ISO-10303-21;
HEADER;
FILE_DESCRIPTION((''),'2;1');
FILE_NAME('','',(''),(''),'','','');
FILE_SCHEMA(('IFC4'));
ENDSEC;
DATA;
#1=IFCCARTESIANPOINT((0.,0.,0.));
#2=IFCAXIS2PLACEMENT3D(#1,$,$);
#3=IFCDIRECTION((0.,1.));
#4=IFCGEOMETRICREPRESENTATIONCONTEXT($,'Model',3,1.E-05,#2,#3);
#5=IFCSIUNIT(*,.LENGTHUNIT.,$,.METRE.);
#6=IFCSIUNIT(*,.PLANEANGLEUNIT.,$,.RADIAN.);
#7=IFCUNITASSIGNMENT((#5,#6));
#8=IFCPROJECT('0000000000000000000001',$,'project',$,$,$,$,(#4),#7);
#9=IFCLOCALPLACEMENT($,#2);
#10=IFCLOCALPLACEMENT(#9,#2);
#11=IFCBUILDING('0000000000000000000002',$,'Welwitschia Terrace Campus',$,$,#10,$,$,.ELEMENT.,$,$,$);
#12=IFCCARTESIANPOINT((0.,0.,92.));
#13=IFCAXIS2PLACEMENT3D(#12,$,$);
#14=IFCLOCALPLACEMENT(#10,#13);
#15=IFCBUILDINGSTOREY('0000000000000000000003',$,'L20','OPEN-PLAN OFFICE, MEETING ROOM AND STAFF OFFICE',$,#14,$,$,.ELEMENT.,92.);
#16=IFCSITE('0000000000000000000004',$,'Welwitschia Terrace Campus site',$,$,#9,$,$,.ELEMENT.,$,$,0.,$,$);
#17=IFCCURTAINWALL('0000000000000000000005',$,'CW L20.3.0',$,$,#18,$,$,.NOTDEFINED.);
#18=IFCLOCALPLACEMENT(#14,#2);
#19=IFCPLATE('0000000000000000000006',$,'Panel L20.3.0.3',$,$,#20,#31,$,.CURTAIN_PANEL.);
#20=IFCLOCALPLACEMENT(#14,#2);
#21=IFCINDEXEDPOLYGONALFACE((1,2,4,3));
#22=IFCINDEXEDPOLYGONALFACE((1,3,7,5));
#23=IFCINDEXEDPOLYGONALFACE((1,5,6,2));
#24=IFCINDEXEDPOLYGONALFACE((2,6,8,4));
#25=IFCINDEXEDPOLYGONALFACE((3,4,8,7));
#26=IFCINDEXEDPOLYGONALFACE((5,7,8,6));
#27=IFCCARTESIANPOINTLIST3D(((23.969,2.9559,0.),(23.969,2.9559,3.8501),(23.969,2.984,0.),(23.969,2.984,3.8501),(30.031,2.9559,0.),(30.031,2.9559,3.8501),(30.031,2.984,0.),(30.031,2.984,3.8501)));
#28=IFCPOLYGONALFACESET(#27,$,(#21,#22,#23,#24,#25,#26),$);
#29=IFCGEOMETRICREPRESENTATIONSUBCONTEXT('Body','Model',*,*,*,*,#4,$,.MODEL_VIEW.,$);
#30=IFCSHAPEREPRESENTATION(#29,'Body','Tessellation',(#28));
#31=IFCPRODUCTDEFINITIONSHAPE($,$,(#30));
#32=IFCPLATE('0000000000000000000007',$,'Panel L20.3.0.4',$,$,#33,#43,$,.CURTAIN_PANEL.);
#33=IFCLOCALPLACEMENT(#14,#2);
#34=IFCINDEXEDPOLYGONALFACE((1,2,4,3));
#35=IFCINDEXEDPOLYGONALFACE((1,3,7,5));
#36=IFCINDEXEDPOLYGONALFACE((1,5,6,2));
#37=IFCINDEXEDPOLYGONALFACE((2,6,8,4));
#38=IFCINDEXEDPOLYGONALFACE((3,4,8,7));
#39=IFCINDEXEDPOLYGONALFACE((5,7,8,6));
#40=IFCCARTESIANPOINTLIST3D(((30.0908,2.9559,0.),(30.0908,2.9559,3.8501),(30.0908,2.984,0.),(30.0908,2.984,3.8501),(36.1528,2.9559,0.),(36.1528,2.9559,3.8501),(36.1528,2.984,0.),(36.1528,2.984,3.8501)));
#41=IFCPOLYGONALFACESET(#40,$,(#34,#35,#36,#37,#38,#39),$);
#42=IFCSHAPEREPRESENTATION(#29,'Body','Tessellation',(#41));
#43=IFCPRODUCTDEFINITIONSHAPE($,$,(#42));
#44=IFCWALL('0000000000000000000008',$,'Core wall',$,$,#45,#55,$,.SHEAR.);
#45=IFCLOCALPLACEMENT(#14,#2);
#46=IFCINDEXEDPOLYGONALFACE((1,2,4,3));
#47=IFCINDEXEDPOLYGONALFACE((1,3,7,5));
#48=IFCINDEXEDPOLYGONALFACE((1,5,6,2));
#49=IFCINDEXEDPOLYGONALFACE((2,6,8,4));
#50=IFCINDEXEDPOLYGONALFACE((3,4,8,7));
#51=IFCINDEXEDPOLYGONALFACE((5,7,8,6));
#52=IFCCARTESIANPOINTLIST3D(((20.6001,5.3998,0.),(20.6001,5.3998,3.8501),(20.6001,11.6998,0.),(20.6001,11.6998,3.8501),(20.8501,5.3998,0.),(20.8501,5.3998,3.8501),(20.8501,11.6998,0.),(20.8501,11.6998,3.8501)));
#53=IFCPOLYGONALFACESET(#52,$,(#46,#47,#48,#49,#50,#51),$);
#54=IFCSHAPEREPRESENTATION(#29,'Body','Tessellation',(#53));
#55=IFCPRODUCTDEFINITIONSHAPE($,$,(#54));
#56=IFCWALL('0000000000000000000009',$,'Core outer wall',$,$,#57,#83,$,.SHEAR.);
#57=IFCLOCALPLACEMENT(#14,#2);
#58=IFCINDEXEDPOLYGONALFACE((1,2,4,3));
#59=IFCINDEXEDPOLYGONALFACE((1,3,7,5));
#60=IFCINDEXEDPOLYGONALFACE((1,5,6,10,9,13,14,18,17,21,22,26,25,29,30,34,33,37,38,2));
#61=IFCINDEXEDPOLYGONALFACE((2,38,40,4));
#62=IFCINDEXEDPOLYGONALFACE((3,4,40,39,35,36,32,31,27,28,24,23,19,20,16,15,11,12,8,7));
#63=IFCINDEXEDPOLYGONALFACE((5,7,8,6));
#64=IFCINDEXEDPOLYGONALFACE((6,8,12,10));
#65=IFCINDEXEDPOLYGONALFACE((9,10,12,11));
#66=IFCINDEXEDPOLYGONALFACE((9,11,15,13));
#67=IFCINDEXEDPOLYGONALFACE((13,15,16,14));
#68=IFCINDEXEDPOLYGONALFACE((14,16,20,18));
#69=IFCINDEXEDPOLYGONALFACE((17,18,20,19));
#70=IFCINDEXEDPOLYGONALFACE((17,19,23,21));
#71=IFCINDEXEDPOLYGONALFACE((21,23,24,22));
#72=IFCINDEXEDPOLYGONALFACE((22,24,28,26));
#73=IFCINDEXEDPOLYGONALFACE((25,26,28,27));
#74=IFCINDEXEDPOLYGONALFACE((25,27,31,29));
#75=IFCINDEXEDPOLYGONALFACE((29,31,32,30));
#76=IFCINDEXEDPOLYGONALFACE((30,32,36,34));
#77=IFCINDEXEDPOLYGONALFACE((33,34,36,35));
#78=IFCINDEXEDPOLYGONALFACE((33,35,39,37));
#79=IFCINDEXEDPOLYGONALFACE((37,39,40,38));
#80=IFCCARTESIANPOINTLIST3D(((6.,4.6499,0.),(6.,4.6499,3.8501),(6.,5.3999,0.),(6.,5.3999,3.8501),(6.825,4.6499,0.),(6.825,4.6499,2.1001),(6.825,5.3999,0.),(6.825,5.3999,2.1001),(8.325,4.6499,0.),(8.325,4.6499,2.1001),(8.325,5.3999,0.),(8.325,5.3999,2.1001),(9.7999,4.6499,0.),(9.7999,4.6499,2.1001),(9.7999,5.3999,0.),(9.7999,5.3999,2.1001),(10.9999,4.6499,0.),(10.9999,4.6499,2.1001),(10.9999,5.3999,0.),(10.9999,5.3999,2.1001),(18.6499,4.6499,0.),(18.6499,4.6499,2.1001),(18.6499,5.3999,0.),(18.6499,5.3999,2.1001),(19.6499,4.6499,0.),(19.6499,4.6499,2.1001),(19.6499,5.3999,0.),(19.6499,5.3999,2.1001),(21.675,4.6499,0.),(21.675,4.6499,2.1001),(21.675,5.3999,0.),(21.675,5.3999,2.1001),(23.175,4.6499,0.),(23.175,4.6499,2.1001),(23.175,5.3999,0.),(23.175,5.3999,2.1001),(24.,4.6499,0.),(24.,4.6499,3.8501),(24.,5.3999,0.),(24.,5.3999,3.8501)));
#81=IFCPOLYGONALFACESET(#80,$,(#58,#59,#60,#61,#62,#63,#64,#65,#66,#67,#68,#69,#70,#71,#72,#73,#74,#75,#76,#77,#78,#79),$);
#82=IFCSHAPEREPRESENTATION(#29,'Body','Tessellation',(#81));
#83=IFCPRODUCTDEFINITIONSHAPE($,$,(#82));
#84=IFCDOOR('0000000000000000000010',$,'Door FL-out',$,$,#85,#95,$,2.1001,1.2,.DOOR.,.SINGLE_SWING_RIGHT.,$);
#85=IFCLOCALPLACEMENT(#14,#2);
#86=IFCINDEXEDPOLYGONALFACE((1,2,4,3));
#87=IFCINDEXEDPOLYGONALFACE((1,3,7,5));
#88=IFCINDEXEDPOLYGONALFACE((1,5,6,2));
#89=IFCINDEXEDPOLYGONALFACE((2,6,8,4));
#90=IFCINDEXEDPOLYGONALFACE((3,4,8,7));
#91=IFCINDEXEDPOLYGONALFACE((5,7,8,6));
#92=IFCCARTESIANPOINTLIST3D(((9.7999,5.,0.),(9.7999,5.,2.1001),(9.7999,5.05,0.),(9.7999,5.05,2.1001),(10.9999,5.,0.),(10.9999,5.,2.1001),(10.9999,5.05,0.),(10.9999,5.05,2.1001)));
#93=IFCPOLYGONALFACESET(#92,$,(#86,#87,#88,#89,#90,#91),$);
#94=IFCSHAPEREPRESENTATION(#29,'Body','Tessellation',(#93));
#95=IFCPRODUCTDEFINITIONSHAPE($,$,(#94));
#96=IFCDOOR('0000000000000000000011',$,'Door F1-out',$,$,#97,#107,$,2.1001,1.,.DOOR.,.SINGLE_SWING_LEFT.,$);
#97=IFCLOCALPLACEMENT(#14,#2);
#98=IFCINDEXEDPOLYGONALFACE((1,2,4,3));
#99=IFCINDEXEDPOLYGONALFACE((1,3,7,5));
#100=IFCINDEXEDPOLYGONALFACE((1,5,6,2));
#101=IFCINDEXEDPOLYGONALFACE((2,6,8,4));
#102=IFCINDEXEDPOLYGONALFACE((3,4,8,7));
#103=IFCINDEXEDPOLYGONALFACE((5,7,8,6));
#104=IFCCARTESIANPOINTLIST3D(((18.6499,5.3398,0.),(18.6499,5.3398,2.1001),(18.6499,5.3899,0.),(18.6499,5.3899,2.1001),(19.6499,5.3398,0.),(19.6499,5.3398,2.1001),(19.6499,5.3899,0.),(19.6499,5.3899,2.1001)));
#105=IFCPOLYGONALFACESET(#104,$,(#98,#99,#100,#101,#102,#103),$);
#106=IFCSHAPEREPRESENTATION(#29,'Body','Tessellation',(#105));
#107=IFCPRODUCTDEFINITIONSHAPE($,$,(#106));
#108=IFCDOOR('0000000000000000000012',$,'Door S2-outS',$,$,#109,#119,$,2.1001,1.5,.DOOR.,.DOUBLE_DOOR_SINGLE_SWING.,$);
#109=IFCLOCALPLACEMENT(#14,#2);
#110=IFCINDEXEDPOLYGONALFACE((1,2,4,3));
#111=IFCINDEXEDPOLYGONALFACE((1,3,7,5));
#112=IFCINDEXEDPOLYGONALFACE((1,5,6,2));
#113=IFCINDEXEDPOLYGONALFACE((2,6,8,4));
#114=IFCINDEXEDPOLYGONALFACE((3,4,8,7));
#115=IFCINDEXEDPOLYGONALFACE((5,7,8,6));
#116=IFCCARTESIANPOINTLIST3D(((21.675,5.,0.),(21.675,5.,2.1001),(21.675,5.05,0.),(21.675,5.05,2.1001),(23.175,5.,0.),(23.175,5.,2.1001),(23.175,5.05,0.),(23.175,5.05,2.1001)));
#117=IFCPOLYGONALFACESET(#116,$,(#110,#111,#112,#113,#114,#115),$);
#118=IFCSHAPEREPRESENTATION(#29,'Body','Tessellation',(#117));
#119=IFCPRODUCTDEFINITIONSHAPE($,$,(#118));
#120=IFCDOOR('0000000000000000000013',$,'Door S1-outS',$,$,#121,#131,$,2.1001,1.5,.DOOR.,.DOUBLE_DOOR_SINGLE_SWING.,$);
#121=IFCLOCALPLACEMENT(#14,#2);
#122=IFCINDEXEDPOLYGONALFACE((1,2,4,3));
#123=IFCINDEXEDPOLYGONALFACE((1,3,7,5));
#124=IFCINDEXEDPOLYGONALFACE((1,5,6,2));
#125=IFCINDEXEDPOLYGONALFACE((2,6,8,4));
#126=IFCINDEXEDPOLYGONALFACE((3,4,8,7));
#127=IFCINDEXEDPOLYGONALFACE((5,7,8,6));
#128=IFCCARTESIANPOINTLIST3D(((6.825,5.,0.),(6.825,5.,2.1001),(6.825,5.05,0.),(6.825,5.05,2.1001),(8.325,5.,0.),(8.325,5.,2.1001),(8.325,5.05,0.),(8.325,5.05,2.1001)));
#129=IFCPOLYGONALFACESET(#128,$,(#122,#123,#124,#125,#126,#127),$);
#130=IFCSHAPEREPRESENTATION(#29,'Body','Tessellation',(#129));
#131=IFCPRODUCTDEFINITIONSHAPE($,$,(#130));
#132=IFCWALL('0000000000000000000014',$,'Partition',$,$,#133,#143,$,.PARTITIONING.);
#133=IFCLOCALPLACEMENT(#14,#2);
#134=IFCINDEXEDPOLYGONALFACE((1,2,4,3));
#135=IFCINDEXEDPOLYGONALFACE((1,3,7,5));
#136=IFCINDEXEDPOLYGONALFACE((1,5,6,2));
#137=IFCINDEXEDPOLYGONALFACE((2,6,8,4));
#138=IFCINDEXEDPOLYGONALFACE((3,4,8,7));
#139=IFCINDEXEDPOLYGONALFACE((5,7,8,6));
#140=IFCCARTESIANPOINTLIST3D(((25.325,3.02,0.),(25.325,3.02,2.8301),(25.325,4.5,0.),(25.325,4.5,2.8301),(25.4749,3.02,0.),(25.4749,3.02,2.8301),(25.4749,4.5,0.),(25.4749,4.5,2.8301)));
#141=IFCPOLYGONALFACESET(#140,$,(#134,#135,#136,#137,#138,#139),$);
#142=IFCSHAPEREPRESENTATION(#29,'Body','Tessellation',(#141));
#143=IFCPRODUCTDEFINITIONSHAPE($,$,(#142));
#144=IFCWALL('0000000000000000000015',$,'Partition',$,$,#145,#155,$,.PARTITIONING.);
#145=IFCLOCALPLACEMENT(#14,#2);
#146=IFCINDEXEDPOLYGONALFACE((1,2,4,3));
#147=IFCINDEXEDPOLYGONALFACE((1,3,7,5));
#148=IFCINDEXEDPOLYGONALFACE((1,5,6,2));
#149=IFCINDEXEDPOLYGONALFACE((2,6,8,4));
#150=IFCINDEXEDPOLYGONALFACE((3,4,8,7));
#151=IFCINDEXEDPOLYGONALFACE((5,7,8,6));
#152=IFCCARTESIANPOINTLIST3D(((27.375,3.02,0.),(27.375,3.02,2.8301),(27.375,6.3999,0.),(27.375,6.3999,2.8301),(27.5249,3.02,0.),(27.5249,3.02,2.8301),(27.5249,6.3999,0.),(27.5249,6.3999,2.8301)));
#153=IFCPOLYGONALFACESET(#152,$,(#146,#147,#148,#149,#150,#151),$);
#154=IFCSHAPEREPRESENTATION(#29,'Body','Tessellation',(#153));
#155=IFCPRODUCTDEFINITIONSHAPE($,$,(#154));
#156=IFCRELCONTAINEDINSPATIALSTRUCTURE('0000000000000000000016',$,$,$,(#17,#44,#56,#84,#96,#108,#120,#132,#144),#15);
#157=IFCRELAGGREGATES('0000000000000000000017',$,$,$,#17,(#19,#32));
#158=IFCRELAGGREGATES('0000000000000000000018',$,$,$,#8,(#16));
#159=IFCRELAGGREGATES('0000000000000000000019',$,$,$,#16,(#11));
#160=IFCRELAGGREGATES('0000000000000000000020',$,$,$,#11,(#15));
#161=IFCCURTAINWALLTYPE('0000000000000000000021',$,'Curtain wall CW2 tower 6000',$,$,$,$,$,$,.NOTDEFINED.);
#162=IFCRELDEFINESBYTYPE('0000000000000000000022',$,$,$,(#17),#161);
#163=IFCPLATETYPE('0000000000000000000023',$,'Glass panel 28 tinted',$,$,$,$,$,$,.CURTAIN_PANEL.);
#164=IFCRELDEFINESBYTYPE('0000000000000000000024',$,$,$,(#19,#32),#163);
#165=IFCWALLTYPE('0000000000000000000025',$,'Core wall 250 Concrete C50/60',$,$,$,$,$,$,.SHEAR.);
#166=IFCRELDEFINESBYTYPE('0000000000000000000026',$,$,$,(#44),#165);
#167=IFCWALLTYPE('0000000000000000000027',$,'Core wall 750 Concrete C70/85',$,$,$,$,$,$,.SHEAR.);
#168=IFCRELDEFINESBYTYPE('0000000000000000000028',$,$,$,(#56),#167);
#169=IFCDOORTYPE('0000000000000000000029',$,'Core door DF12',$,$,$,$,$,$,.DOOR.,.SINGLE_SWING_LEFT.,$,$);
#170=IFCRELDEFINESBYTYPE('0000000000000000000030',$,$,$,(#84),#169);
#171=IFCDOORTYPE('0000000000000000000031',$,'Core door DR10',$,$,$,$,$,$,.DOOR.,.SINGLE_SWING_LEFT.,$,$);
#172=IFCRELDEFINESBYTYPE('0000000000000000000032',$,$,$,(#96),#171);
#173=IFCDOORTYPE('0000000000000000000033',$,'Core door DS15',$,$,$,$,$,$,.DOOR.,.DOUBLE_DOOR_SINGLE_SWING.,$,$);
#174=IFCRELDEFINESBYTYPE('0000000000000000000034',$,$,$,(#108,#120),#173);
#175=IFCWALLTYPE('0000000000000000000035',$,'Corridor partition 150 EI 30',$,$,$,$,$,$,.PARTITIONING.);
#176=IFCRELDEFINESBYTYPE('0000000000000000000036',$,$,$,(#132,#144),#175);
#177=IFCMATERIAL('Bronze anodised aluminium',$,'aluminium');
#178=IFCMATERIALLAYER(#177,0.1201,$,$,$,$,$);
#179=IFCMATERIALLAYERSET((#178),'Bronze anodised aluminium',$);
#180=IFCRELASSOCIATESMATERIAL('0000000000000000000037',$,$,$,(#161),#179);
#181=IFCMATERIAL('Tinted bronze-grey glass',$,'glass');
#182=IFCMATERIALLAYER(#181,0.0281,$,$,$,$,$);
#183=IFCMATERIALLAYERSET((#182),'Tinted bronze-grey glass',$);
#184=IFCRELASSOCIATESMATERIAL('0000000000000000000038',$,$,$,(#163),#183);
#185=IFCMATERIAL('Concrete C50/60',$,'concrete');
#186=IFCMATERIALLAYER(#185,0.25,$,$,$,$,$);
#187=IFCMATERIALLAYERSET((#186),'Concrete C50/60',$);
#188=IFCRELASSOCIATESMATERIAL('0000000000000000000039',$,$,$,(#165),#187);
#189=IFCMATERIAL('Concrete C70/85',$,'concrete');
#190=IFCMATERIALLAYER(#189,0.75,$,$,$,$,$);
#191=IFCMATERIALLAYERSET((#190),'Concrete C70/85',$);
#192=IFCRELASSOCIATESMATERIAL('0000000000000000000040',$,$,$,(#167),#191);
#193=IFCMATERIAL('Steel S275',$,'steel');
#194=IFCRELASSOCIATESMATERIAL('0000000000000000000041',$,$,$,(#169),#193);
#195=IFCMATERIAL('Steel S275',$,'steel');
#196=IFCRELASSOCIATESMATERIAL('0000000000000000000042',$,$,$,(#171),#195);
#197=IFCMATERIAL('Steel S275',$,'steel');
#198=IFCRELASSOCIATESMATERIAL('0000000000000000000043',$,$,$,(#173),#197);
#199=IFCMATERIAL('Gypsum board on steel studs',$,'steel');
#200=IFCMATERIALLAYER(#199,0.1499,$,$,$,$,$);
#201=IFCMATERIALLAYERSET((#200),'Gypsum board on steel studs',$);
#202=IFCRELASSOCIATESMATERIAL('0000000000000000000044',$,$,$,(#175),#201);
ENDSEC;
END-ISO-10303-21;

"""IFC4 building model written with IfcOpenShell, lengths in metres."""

from ifc_helpers import new_model, si_unit, direction, frame, frame_2d, origin, origin_2d, place, context, subcontext, project, spatial, rectangle, extrude, material, layer, layer_set, type_object, element, fill, aggregate, save


model = new_model("IFC4")

# Units and contexts
model_context = context("Model", 3, precision=1e-05, world=origin(), true_north=direction((0.0, 1.0)))
body_context = subcontext(model_context, "Body", "Model", "MODEL_VIEW")
ifc_project = project(units=[si_unit("LENGTHUNIT", "METRE"), si_unit("PLANEANGLEUNIT", "RADIAN")], contexts=[model_context])

# Site, building, storey
site_placement = place(None, origin())
site = spatial("IfcSite", under=ifc_project, at=site_placement, Name="Welwitschia Terrace Campus site", CompositionType="ELEMENT", RefElevation=0.0)
building_placement = place(site_placement, origin())
building = spatial("IfcBuilding", under=site, at=building_placement, Name="Welwitschia Terrace Campus", CompositionType="ELEMENT")
storey_placement = place(building_placement, frame((0.0, 0.0, 92.0)))
storey = spatial("IfcBuildingStorey", under=building, at=storey_placement, Name="L20", Description="OPEN-PLAN OFFICE, MEETING ROOM AND STAFF OFFICE", CompositionType="ELEMENT", Elevation=92.0)

# Curtain wall
ifc_material_1 = material(Name="Bronze anodised aluminium", Category="aluminium")
ifc_layer_1 = layer(ifc_material_1, 0.1201)
ifc_layer_set_1 = layer_set([ifc_layer_1], Name="Bronze anodised aluminium")
curtain_wall_type = type_object("IfcCurtainWallType", Name="Curtain wall CW2 tower 6000", PredefinedType="NOTDEFINED", material=ifc_layer_set_1)
curtain_wall_placement = place(storey_placement, origin())
curtain_wall = element("IfcCurtainWall", 1, at=curtain_wall_placement, inside=storey, type_object=curtain_wall_type, Name="CW L20.3.0", PredefinedType="NOTDEFINED")

# Plates
ifc_material_2 = material(Name="Tinted bronze-grey glass", Category="glass")
ifc_layer_2 = layer(ifc_material_2, 0.0281)
ifc_layer_set_2 = layer_set([ifc_layer_2], Name="Tinted bronze-grey glass")
plate_type = type_object("IfcPlateType", Name="Glass panel 28 tinted", PredefinedType="CURTAIN_PANEL", material=ifc_layer_set_2)
plate_1_placement = place(storey_placement, frame((27.0, 2.97, 0.0), z_axis=(0.0, 0.0, 1.0), x_axis=(1.0, 0.0, 0.0)))
plate_1 = element("IfcPlate", 2, at=plate_1_placement, type_object=plate_type, Name="Panel L20.3.0.3", PredefinedType="CURTAIN_PANEL", context=body_context, shape_type="SweptSolid", body=[
    extrude(rectangle(XDim=6.062, YDim=0.0281, at=origin_2d()), origin(), (0.0, 0.0, 1.0), 3.8501),
])
plate_2_placement = place(storey_placement, frame((33.1218, 2.97, 0.0), z_axis=(0.0, 0.0, 1.0), x_axis=(1.0, 0.0, 0.0)))
plate_2 = element("IfcPlate", 3, at=plate_2_placement, type_object=plate_type, Name="Panel L20.3.0.4", PredefinedType="CURTAIN_PANEL", context=body_context, shape_type="SweptSolid", body=[
    extrude(rectangle(XDim=6.062, YDim=0.0281, at=origin_2d()), origin(), (0.0, 0.0, 1.0), 3.8501),
])
aggregate(curtain_wall, [plate_1, plate_2])

# Wall
ifc_material_3 = material(Name="Concrete C50/60", Category="concrete")
ifc_layer_3 = layer(ifc_material_3, 0.25)
ifc_layer_set_3 = layer_set([ifc_layer_3], Name="Concrete C50/60")
wall_type_1 = type_object("IfcWallType", Name="Core wall 250 Concrete C50/60", PredefinedType="SHEAR", material=ifc_layer_set_3)
wall_1_placement = place(storey_placement, frame((20.7251, 5.3999, 0.0), z_axis=(0.0, 0.0, 1.0), x_axis=(0.0, 1.0, 0.0)))
element("IfcWall", 4, at=wall_1_placement, inside=storey, type_object=wall_type_1, Name="Core wall", PredefinedType="SHEAR", context=body_context, shape_type="SweptSolid", body=[
    extrude(rectangle(XDim=6.3, YDim=0.25, at=frame_2d((3.1499, 0.0))), origin(), (0.0, 0.0, 1.0), 3.8501),
])

# Wall, openings, doors
ifc_material_4 = material(Name="Concrete C70/85", Category="concrete")
ifc_layer_4 = layer(ifc_material_4, 0.75)
ifc_layer_set_4 = layer_set([ifc_layer_4], Name="Concrete C70/85")
wall_type_2 = type_object("IfcWallType", Name="Core wall 750 Concrete C70/85", PredefinedType="SHEAR", material=ifc_layer_set_4)
wall_2_placement = place(storey_placement, frame((24.0, 5.0249, 0.0), z_axis=(0.0, 0.0, 1.0), x_axis=(-1.0, 0.0, 0.0)))
wall_2 = element("IfcWall", 5, at=wall_2_placement, inside=storey, type_object=wall_type_2, Name="Core outer wall", PredefinedType="SHEAR", context=body_context, shape_type="SweptSolid", body=[
    extrude(rectangle(XDim=18.0, YDim=0.75, at=frame_2d((9.0, 0.0))), origin(), (0.0, 0.0, 1.0), 3.8501),
])
opening_1_placement = place(wall_2_placement, frame((0.825, 0.0, 0.0)))
opening_1 = element("IfcOpeningElement", 6, at=opening_1_placement, cuts=wall_2, PredefinedType="OPENING", context=body_context, shape_type="SweptSolid", body=[
    extrude(rectangle(XDim=1.5, YDim=2.1001, at=frame_2d((0.75, 1.05))), frame((0.0, 0.385, 0.0), z_axis=(0.0, -1.0, 0.0), x_axis=(1.0, 0.0, 0.0)), (0.0, 0.0, 1.0), 0.77),
])
opening_2_placement = place(wall_2_placement, frame((15.675, 0.0, 0.0)))
opening_2 = element("IfcOpeningElement", 7, at=opening_2_placement, cuts=wall_2, PredefinedType="OPENING", context=body_context, shape_type="SweptSolid", body=[
    extrude(rectangle(XDim=1.5, YDim=2.1001, at=frame_2d((0.75, 1.05))), frame((0.0, 0.385, 0.0), z_axis=(0.0, -1.0, 0.0), x_axis=(1.0, 0.0, 0.0)), (0.0, 0.0, 1.0), 0.77),
])
opening_3_placement = place(wall_2_placement, frame((13.0, 0.0, 0.0)))
opening_3 = element("IfcOpeningElement", 8, at=opening_3_placement, cuts=wall_2, PredefinedType="OPENING", context=body_context, shape_type="SweptSolid", body=[
    extrude(rectangle(XDim=1.2, YDim=2.1001, at=frame_2d((0.6001, 1.05))), frame((0.0, 0.385, 0.0), z_axis=(0.0, -1.0, 0.0), x_axis=(1.0, 0.0, 0.0)), (0.0, 0.0, 1.0), 0.77),
])
opening_4_placement = place(wall_2_placement, frame((4.3501, 0.0, 0.0)))
opening_4 = element("IfcOpeningElement", 9, at=opening_4_placement, cuts=wall_2, PredefinedType="OPENING", context=body_context, shape_type="SweptSolid", body=[
    extrude(rectangle(XDim=1.0, YDim=2.1001, at=frame_2d((0.5, 1.05))), frame((0.0, 0.385, 0.0), z_axis=(0.0, -1.0, 0.0), x_axis=(1.0, 0.0, 0.0)), (0.0, 0.0, 1.0), 0.77),
])
ifc_material_5 = material(Name="Steel S275", Category="steel")
door_type_1 = type_object("IfcDoorType", Name="Core door DF12", OperationType="SINGLE_SWING_LEFT", PredefinedType="DOOR", material=ifc_material_5)
door_1_placement = place(opening_3_placement, origin())
door_1 = element("IfcDoor", 10, at=door_1_placement, inside=storey, type_object=door_type_1, Name="Door FL-out", OperationType="SINGLE_SWING_RIGHT", OverallHeight=2.1001, OverallWidth=1.2, PredefinedType="DOOR", context=body_context, shape_type="SweptSolid", body=[
    extrude(rectangle(XDim=1.2, YDim=2.1001, at=frame_2d((0.6001, 1.05))), frame((0.0, 0.0249, 0.0), z_axis=(0.0, -1.0, 0.0), x_axis=(1.0, 0.0, 0.0)), (0.0, 0.0, 1.0), 0.05),
])
fill(opening_3, door_1)
ifc_material_6 = material(Name="Steel S275", Category="steel")
door_type_2 = type_object("IfcDoorType", Name="Core door DR10", OperationType="SINGLE_SWING_LEFT", PredefinedType="DOOR", material=ifc_material_6)
door_2_placement = place(opening_4_placement, origin())
door_2 = element("IfcDoor", 11, at=door_2_placement, inside=storey, type_object=door_type_2, Name="Door F1-out", OperationType="SINGLE_SWING_LEFT", OverallHeight=2.1001, OverallWidth=1.0, PredefinedType="DOOR", context=body_context, shape_type="SweptSolid", body=[
    extrude(rectangle(XDim=1.0, YDim=2.1001, at=frame_2d((0.5, 1.05))), frame((0.0, -0.3149, 0.0), z_axis=(0.0, -1.0, 0.0), x_axis=(1.0, 0.0, 0.0)), (0.0, 0.0, 1.0), 0.05),
])
fill(opening_4, door_2)
ifc_material_7 = material(Name="Steel S275", Category="steel")
door_type_3 = type_object("IfcDoorType", Name="Core door DS15", OperationType="DOUBLE_DOOR_SINGLE_SWING", PredefinedType="DOOR", material=ifc_material_7)
door_3_placement = place(opening_1_placement, origin())
door_3 = element("IfcDoor", 12, at=door_3_placement, inside=storey, type_object=door_type_3, Name="Door S2-outS", OperationType="DOUBLE_DOOR_SINGLE_SWING", OverallHeight=2.1001, OverallWidth=1.5, PredefinedType="DOOR", context=body_context, shape_type="SweptSolid", body=[
    extrude(rectangle(XDim=1.5, YDim=2.1001, at=frame_2d((0.75, 1.05))), frame((0.0, 0.0249, 0.0), z_axis=(0.0, -1.0, 0.0), x_axis=(1.0, 0.0, 0.0)), (0.0, 0.0, 1.0), 0.05),
])
fill(opening_1, door_3)
door_4_placement = place(opening_2_placement, origin())
door_4 = element("IfcDoor", 13, at=door_4_placement, inside=storey, type_object=door_type_3, Name="Door S1-outS", OperationType="DOUBLE_DOOR_SINGLE_SWING", OverallHeight=2.1001, OverallWidth=1.5, PredefinedType="DOOR", context=body_context, shape_type="SweptSolid", body=[
    extrude(rectangle(XDim=1.5, YDim=2.1001, at=frame_2d((0.75, 1.05))), frame((0.0, 0.0249, 0.0), z_axis=(0.0, -1.0, 0.0), x_axis=(1.0, 0.0, 0.0)), (0.0, 0.0, 1.0), 0.05),
])
fill(opening_2, door_4)

# Walls
ifc_material_8 = material(Name="Gypsum board on steel studs", Category="steel")
ifc_layer_5 = layer(ifc_material_8, 0.1499)
ifc_layer_set_5 = layer_set([ifc_layer_5], Name="Gypsum board on steel studs")
wall_type_3 = type_object("IfcWallType", Name="Corridor partition 150 EI 30", PredefinedType="PARTITIONING", material=ifc_layer_set_5)
wall_3_placement = place(storey_placement, frame((25.3999, 3.02, 0.0), z_axis=(0.0, 0.0, 1.0), x_axis=(0.0, 1.0, 0.0)))
element("IfcWall", 14, at=wall_3_placement, inside=storey, type_object=wall_type_3, Name="Partition", PredefinedType="PARTITIONING", context=body_context, shape_type="SweptSolid", body=[
    extrude(rectangle(XDim=1.48, YDim=0.1499, at=frame_2d((0.74, 0.0))), origin(), (0.0, 0.0, 1.0), 2.8301),
])
wall_4_placement = place(storey_placement, frame((27.45, 3.02, 0.0), z_axis=(0.0, 0.0, 1.0), x_axis=(0.0, 1.0, 0.0)))
element("IfcWall", 15, at=wall_4_placement, inside=storey, type_object=wall_type_3, Name="Partition", PredefinedType="PARTITIONING", context=body_context, shape_type="SweptSolid", body=[
    extrude(rectangle(XDim=3.3799, YDim=0.1499, at=frame_2d((1.6899, 0.0))), origin(), (0.0, 0.0, 1.0), 2.8301),
])

save(model, "model.ifc")
